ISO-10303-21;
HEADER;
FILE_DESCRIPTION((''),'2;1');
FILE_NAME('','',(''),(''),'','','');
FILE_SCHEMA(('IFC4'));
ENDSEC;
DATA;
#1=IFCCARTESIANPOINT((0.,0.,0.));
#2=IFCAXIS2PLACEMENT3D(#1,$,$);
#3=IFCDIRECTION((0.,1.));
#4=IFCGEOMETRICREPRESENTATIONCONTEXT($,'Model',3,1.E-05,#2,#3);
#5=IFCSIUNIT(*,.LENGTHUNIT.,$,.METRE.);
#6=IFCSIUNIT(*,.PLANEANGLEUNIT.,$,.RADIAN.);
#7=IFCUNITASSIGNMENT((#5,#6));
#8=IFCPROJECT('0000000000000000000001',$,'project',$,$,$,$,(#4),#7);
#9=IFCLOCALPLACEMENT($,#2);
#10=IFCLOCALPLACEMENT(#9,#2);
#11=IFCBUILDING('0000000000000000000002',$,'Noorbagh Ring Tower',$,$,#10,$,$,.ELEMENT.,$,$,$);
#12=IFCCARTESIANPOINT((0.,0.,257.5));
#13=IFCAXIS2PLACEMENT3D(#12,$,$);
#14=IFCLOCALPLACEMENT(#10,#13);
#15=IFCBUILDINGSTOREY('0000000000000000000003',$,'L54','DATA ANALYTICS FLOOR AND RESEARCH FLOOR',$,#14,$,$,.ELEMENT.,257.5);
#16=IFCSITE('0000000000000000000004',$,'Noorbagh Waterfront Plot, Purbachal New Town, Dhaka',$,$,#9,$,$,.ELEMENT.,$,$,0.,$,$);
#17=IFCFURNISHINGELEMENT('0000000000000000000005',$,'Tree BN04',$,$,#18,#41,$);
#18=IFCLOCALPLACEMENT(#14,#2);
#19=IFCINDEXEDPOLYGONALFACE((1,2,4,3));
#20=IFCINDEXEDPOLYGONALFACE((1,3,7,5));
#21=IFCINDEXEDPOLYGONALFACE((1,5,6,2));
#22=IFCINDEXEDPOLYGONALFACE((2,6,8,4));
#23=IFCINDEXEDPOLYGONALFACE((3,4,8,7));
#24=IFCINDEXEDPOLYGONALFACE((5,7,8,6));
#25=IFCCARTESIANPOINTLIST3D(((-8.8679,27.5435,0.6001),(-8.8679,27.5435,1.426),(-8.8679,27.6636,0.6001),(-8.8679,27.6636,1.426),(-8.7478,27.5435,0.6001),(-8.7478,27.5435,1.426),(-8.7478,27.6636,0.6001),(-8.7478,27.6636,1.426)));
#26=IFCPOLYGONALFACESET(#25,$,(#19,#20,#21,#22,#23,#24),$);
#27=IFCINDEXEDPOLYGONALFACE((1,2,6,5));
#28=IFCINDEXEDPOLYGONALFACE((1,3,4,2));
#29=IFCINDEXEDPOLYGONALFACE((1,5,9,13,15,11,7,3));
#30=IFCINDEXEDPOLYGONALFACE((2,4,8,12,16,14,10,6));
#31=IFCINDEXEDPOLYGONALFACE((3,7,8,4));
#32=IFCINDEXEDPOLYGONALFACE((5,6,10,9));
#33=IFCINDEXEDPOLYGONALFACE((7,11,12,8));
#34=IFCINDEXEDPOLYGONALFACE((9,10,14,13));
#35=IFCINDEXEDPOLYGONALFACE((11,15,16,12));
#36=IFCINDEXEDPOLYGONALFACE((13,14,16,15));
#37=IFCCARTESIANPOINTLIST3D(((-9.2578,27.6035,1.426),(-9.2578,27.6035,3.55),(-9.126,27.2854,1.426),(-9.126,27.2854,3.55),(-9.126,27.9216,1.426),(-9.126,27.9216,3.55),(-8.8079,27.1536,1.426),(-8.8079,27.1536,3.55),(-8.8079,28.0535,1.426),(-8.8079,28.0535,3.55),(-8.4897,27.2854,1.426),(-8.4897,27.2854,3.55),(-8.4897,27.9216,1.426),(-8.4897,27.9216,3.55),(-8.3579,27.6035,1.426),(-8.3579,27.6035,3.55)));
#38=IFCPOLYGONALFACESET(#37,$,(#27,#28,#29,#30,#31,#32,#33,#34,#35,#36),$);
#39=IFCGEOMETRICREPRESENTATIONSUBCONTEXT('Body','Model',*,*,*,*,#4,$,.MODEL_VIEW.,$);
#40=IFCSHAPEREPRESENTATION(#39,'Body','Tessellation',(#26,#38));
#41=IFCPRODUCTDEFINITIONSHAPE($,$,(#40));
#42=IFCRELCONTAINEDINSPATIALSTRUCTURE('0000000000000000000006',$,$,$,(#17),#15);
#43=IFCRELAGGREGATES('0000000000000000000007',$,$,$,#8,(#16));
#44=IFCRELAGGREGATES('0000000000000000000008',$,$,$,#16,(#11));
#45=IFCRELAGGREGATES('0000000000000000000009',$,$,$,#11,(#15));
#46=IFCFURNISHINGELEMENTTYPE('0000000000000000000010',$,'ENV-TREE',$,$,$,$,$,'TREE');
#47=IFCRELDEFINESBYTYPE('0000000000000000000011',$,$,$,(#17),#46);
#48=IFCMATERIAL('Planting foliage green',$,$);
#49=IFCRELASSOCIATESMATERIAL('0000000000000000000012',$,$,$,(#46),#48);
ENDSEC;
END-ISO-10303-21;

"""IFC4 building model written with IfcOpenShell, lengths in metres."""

from ifc_helpers import new_model, si_unit, direction, frame, origin, origin_2d, place, context, subcontext, project, spatial, polyline, rectangle, outline, extrude, material, type_object, element, save


model = new_model("IFC4")

# Units and contexts
model_context = context("Model", 3, precision=1e-05, world=origin(), true_north=direction((0.0, 1.0)))
body_context = subcontext(model_context, "Body", "Model", "MODEL_VIEW")
ifc_project = project(units=[si_unit("LENGTHUNIT", "METRE"), si_unit("PLANEANGLEUNIT", "RADIAN")], contexts=[model_context])

# Site, building, storey
site_placement = place(None, origin())
site = spatial("IfcSite", under=ifc_project, at=site_placement, Name="Noorbagh Waterfront Plot, Purbachal New Town, Dhaka", CompositionType="ELEMENT", RefElevation=0.0)
building_placement = place(site_placement, origin())
building = spatial("IfcBuilding", under=site, at=building_placement, Name="Noorbagh Ring Tower", CompositionType="ELEMENT")
storey_placement = place(building_placement, frame((0.0, 0.0, 257.5)))
storey = spatial("IfcBuildingStorey", under=building, at=storey_placement, Name="L54", Description="DATA ANALYTICS FLOOR AND RESEARCH FLOOR", CompositionType="ELEMENT", Elevation=257.5)

# Furnishing element
ifc_material_1 = material(Name="Planting foliage green")
furnishing_element_type = type_object("IfcFurnishingElementType", Name="ENV-TREE", ElementType="TREE", material=ifc_material_1)
furnishing_placement = place(storey_placement, frame((-8.8079, 27.6035, 0.6001), z_axis=(0.0, 0.0, 1.0), x_axis=(1.0, 0.0, 0.0)))
element("IfcFurnishingElement", 1, at=furnishing_placement, inside=storey, type_object=furnishing_element_type, Name="Tree BN04", context=body_context, shape_type="SweptSolid", body=[
    extrude(rectangle(XDim=0.1201, YDim=0.1201, at=origin_2d()), origin(), (0.0, 0.0, 1.0), 0.8259),
    extrude(outline(polyline([(0.45, 0.0), (0.3181, 0.3181), (0.0, 0.45), (-0.3181, 0.3181), (-0.45, 0.0), (-0.3181, -0.3181), (0.0, -0.45), (0.3181, -0.3181), (0.45, 0.0)])), frame((0.0, 0.0, 0.8259)), (0.0, 0.0, 1.0), 2.124),
])

save(model, "model.ifc")
